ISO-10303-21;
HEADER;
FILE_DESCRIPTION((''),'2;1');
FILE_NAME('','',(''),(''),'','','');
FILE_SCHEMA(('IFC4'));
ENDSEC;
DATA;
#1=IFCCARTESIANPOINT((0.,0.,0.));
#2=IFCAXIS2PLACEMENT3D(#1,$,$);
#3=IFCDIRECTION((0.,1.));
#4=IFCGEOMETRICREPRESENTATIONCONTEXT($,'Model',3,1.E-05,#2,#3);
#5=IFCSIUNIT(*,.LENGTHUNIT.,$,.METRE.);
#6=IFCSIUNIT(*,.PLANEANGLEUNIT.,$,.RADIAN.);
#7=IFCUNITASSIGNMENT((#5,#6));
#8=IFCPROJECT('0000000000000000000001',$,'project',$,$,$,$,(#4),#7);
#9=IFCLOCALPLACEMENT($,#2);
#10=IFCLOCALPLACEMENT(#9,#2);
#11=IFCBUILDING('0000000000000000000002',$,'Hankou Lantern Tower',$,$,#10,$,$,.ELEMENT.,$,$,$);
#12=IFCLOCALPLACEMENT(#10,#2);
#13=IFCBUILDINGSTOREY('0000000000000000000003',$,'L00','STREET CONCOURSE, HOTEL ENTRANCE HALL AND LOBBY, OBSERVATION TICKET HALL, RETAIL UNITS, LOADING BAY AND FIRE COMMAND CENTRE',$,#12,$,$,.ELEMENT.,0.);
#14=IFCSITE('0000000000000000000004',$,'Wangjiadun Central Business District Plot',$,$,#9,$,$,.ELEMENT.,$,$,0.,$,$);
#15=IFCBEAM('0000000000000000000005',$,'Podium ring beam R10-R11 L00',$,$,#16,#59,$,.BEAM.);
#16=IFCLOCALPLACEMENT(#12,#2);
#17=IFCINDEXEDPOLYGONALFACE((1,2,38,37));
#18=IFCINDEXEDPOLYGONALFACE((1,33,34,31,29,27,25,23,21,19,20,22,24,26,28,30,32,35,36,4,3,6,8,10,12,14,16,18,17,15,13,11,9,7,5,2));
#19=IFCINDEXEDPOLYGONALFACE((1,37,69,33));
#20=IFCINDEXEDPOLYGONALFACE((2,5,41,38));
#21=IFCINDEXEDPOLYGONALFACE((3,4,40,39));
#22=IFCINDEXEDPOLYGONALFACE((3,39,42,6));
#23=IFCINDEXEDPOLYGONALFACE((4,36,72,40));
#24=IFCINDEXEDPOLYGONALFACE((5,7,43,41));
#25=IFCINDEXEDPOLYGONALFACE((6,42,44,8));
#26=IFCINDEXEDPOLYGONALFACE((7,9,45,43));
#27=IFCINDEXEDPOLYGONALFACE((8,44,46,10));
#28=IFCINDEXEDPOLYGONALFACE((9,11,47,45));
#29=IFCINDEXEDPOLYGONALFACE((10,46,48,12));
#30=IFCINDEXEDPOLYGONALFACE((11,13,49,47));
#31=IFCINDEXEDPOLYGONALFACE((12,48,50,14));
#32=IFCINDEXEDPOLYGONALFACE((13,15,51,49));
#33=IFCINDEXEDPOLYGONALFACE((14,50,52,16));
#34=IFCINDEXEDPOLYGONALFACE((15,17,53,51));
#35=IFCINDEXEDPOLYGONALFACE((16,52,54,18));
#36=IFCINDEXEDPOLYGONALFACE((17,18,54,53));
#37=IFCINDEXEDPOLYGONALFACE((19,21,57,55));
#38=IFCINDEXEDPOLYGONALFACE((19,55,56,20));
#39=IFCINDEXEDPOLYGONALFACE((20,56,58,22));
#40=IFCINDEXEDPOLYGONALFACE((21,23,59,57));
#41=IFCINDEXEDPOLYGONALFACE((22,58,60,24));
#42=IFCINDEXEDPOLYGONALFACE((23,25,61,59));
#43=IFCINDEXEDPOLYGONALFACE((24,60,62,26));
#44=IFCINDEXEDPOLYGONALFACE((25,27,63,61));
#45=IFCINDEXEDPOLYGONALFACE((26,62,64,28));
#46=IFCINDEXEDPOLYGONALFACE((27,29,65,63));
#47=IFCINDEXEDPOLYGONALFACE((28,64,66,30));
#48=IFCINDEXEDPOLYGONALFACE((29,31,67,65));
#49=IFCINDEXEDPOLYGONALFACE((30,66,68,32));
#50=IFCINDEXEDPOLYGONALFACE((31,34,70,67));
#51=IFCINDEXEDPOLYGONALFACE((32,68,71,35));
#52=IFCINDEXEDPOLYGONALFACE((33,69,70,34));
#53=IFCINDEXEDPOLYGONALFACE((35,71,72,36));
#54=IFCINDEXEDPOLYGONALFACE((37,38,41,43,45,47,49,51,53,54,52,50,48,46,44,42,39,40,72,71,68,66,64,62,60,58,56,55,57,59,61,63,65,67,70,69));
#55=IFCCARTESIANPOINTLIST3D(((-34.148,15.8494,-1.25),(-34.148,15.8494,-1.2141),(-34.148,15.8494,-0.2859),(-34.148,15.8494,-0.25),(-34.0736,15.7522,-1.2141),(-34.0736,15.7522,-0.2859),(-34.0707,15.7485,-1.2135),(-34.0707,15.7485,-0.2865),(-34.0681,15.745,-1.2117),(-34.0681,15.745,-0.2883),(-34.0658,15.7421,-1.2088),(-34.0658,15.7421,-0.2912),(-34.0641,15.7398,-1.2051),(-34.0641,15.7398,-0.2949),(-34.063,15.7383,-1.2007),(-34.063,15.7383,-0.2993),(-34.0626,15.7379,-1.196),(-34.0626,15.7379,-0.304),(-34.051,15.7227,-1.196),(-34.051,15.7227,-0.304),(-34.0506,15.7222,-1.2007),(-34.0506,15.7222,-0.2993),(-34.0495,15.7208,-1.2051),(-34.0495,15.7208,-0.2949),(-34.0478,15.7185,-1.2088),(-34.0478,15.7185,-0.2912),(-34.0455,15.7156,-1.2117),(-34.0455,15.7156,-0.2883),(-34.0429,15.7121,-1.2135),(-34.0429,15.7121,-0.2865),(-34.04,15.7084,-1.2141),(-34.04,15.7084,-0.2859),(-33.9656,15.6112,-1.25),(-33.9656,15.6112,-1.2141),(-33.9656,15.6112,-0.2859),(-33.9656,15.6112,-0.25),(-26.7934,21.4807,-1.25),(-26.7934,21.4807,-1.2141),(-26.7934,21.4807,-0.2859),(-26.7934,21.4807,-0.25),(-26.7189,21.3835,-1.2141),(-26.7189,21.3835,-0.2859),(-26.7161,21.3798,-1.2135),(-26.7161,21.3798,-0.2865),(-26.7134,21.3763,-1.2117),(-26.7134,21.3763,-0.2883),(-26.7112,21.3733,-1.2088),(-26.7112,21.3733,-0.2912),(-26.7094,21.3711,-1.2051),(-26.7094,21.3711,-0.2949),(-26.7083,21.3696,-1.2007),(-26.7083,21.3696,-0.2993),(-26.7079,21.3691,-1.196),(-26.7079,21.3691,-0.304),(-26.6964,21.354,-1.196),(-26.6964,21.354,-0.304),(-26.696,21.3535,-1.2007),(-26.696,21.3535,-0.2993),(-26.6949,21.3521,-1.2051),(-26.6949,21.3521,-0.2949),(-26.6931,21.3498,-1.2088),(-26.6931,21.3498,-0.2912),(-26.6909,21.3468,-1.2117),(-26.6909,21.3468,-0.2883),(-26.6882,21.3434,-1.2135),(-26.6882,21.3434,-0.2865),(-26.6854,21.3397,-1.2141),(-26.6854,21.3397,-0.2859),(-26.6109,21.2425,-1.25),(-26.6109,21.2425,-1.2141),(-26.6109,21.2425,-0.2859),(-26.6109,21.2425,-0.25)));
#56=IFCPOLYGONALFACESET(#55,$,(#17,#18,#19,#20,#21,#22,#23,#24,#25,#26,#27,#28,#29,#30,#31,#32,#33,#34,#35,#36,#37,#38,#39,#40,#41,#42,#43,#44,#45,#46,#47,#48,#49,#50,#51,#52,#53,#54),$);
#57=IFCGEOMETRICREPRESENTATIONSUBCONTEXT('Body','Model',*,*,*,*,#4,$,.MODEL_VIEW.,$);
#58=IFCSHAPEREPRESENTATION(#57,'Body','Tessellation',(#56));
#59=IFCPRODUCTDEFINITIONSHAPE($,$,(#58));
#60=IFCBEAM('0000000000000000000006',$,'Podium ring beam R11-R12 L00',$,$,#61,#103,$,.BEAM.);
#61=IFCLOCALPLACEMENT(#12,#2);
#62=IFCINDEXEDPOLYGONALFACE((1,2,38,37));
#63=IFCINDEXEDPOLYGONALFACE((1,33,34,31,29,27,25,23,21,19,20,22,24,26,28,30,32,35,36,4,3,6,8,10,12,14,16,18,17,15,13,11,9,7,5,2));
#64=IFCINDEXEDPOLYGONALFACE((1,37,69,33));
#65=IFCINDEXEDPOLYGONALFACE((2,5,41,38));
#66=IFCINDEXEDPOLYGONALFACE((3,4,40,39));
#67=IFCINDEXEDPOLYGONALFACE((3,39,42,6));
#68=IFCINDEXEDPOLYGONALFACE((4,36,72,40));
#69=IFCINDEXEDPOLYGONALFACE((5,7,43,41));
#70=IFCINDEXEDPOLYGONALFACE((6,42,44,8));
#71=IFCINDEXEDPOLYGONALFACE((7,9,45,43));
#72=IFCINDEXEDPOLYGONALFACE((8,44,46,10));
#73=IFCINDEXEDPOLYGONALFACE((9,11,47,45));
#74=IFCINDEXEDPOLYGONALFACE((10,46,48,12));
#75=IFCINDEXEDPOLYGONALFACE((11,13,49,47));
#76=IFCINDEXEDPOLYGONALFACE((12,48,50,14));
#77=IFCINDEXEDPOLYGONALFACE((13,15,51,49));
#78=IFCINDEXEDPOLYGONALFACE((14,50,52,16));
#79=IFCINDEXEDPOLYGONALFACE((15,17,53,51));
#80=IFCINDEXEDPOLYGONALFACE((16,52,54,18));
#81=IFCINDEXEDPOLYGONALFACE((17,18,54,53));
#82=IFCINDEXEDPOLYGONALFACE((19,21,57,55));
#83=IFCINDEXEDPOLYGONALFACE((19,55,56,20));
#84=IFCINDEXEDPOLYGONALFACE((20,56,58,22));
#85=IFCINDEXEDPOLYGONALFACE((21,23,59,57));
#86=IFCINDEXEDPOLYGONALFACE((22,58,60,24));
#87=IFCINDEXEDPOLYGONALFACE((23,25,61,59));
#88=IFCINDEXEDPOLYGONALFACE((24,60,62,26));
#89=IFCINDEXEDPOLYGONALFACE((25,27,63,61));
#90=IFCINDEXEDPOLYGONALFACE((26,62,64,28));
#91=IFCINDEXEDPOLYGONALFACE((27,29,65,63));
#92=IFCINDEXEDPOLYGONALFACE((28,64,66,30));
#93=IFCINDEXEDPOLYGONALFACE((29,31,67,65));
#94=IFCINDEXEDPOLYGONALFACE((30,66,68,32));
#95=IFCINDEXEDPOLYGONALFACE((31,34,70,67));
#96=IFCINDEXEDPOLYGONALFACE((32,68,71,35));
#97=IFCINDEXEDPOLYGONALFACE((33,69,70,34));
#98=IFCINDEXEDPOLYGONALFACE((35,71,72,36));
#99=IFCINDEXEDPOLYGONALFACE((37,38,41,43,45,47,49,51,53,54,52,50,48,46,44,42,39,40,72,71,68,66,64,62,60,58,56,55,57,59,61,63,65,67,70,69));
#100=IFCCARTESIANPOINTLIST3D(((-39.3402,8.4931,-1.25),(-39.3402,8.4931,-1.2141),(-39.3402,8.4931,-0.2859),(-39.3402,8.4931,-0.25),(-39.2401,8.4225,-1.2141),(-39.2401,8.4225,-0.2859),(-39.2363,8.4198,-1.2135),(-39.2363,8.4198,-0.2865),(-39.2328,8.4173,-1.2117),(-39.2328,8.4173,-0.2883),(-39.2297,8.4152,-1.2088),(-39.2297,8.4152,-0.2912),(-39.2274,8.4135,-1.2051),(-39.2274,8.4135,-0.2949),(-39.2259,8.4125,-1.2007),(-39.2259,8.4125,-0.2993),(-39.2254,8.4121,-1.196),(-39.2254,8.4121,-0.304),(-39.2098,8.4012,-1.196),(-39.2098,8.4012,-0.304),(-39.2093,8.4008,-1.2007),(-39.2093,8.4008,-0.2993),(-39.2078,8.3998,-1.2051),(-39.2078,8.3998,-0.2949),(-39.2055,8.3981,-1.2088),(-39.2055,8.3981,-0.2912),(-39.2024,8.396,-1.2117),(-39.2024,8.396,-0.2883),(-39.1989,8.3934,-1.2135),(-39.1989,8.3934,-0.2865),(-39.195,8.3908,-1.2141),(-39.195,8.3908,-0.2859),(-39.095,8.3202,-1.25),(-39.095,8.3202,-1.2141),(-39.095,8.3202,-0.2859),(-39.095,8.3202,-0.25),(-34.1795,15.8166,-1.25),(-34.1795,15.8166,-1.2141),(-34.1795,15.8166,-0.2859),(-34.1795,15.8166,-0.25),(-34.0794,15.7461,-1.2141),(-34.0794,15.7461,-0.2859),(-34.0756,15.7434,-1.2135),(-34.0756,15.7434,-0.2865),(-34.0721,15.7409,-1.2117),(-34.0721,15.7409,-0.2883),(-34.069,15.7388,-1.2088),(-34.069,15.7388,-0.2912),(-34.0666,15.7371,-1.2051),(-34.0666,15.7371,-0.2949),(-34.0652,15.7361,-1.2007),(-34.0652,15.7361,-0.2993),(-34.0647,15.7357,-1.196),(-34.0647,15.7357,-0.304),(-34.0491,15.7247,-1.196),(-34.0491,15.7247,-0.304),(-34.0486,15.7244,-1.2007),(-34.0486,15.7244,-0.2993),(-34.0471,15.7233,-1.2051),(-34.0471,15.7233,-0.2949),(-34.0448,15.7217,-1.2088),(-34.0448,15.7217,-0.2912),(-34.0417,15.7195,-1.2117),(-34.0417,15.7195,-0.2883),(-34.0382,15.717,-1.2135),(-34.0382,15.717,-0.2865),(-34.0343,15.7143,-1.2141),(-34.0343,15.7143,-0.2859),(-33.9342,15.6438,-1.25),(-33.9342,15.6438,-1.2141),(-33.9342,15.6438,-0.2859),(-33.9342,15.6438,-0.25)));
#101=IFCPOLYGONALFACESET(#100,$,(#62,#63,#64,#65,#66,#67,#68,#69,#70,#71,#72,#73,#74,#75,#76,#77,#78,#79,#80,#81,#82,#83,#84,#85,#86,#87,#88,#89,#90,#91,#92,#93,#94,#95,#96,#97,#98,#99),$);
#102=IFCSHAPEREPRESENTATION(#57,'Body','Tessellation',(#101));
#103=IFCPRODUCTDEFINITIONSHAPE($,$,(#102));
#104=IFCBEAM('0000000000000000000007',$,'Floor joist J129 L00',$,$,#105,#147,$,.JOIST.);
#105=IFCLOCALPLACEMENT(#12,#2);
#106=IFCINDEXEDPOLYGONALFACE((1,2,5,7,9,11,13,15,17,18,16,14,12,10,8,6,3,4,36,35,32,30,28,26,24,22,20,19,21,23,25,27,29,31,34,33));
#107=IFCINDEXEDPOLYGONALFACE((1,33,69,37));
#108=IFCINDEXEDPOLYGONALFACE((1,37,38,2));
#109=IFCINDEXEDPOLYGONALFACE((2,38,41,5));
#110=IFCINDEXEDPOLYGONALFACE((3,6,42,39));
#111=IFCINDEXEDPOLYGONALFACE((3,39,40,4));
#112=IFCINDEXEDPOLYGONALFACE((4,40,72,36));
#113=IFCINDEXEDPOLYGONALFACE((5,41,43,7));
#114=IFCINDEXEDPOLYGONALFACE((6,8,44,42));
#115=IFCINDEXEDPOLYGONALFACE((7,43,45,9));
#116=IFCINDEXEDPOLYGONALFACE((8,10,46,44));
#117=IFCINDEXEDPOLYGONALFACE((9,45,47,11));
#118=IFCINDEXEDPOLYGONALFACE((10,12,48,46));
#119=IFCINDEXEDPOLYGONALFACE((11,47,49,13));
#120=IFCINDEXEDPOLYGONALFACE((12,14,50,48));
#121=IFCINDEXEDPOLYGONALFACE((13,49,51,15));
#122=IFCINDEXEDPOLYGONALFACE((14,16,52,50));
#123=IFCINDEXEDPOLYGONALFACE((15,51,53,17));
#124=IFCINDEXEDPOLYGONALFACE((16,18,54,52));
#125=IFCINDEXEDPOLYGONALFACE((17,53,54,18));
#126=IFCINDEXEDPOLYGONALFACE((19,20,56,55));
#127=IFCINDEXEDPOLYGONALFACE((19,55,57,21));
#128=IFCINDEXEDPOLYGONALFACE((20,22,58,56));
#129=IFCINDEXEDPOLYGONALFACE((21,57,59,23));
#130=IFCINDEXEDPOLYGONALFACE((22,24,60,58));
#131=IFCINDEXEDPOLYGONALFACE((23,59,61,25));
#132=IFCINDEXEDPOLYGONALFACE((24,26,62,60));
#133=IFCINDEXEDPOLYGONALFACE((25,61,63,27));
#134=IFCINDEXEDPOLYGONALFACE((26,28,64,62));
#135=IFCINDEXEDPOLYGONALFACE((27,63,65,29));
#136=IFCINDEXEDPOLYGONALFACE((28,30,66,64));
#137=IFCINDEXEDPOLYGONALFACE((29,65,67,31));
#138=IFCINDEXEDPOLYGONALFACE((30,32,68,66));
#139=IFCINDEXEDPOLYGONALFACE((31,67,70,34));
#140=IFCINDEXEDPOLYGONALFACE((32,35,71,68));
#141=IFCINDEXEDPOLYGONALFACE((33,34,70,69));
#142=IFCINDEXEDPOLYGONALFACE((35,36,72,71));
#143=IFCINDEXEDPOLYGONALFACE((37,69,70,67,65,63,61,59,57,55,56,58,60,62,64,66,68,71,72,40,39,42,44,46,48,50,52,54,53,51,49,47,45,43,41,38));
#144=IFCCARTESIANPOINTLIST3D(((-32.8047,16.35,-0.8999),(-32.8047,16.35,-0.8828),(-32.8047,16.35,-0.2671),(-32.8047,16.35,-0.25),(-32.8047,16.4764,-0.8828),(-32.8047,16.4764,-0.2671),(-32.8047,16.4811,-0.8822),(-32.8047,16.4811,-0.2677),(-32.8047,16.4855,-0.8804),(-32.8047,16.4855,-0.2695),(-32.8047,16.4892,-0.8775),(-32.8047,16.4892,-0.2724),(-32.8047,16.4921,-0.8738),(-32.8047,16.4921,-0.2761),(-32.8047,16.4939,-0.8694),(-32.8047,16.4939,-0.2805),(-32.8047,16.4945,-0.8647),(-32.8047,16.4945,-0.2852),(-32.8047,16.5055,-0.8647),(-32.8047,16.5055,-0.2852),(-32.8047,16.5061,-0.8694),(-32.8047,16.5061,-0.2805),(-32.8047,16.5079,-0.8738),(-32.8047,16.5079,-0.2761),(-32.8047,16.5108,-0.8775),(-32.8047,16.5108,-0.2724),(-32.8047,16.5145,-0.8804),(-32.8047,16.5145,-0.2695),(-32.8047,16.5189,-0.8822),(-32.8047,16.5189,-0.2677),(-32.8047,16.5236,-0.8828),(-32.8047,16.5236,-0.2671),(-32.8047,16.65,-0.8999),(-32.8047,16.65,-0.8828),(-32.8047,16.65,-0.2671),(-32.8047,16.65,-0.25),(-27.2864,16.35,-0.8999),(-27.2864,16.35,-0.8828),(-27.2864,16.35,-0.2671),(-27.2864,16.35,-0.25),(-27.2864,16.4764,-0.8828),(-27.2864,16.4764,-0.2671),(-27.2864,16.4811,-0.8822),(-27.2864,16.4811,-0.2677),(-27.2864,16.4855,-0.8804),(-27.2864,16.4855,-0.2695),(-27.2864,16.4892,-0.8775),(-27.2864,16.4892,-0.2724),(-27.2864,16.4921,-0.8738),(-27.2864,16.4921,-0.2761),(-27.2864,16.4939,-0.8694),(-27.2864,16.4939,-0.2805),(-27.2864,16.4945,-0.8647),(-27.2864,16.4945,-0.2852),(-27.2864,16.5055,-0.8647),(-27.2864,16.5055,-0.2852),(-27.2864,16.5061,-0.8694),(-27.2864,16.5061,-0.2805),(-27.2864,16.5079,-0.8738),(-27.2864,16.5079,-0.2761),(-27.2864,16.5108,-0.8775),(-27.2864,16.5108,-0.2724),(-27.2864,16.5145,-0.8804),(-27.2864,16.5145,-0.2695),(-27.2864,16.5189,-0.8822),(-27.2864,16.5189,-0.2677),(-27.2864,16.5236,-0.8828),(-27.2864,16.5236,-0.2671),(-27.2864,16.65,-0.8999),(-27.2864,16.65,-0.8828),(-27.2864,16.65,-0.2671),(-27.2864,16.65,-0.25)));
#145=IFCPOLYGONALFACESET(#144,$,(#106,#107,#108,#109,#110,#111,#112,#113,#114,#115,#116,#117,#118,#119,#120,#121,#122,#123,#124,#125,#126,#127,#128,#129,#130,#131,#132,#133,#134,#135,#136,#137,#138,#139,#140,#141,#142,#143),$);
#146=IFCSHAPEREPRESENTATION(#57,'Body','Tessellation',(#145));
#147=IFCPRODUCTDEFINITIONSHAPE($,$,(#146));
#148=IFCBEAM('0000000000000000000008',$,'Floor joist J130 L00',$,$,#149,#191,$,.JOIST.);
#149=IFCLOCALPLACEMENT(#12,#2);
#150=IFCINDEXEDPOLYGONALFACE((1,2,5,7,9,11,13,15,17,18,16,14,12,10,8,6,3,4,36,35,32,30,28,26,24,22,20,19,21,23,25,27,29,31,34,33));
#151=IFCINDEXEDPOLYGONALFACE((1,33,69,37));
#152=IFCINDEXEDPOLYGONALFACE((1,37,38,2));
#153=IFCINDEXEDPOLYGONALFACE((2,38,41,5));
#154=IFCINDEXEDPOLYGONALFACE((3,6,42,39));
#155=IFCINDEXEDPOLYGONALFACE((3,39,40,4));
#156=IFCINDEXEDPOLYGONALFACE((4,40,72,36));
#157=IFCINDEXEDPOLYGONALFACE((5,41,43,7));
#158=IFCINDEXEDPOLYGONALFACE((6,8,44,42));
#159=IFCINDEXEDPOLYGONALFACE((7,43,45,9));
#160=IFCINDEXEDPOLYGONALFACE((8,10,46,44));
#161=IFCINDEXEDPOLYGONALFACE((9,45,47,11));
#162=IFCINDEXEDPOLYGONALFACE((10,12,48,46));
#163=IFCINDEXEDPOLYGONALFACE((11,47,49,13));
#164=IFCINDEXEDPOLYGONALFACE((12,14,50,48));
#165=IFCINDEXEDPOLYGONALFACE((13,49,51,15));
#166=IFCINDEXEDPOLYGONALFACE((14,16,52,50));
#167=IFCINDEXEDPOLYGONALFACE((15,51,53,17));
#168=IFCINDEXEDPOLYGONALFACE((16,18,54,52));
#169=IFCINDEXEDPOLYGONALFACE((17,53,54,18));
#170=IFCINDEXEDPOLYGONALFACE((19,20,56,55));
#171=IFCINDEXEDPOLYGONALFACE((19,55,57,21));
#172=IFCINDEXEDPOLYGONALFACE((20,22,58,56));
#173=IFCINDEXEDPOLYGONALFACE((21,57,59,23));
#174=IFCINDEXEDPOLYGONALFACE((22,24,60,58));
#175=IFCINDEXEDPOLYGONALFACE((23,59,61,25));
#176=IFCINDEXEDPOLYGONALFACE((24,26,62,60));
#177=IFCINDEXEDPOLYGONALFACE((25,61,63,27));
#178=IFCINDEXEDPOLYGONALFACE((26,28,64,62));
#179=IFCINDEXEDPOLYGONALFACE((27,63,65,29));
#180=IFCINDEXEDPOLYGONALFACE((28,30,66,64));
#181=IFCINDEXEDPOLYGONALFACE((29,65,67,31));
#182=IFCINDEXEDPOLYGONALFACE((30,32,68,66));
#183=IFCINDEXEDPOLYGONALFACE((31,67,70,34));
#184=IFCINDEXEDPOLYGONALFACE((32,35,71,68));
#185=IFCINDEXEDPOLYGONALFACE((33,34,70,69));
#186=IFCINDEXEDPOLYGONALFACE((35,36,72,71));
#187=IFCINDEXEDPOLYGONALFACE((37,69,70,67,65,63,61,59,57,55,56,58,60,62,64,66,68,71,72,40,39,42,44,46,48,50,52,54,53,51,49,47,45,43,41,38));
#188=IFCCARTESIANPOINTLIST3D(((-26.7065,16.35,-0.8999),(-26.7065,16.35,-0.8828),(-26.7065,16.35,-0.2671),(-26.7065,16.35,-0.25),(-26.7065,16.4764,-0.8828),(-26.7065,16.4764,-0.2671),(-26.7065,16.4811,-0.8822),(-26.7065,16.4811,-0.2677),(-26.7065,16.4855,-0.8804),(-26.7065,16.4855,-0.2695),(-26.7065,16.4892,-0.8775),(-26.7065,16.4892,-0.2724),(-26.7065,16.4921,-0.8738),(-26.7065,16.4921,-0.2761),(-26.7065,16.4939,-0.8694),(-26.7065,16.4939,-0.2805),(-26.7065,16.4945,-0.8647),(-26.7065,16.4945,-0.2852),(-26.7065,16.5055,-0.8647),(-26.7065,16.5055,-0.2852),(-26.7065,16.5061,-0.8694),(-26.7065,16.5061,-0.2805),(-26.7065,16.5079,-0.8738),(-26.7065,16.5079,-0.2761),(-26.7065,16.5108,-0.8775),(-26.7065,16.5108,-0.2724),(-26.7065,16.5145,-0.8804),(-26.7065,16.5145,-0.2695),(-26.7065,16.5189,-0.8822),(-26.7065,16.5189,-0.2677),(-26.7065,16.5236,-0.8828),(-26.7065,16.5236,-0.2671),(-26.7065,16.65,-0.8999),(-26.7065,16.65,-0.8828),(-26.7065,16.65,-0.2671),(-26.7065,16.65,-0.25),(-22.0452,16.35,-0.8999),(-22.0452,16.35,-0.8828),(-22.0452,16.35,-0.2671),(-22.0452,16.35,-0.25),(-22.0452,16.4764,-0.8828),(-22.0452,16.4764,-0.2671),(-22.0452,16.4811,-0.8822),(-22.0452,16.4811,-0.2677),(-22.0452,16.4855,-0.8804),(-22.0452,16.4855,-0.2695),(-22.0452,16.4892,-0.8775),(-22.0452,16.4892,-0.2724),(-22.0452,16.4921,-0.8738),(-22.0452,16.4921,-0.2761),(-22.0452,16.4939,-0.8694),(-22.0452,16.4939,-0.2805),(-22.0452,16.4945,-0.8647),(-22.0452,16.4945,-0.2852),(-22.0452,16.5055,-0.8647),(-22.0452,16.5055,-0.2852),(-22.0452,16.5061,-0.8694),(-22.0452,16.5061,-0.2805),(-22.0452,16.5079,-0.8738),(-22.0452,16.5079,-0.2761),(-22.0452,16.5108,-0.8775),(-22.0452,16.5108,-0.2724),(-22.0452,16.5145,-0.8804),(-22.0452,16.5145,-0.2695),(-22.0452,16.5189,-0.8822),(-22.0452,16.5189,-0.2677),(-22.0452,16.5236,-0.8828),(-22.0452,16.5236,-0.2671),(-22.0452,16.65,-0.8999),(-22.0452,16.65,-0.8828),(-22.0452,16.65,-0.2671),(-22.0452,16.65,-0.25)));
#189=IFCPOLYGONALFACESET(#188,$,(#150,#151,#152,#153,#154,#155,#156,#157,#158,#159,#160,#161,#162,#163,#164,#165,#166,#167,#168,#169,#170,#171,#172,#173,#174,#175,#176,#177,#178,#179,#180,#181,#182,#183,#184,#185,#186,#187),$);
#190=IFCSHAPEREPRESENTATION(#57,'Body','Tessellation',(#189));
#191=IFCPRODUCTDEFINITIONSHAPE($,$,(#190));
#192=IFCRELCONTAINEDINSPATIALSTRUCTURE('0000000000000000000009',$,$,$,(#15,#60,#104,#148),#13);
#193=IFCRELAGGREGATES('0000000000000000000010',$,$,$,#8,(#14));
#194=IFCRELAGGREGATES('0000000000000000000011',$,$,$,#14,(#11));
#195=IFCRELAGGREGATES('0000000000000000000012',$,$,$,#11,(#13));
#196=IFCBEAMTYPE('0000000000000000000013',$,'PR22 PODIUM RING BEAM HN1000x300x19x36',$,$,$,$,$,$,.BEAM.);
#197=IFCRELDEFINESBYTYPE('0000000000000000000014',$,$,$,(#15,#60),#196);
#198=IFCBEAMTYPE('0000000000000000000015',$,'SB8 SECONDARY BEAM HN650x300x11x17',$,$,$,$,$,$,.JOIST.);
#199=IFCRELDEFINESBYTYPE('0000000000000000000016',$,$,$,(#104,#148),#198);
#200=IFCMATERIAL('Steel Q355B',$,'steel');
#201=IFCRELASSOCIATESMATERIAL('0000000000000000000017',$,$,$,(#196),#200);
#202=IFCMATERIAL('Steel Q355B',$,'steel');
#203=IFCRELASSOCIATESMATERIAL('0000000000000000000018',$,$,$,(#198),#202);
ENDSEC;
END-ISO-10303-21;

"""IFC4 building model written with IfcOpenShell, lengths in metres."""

from ifc_helpers import new_model, si_unit, direction, frame, origin, origin_2d, place, context, subcontext, project, spatial, i_section, extrude, material, material_profile, profile_set, type_object, element, save


model = new_model("IFC4")

# Units and contexts
model_context = context("Model", 3, precision=1e-05, world=origin(), true_north=direction((0.0, 1.0)))
body_context = subcontext(model_context, "Body", "Model", "MODEL_VIEW")
ifc_project = project(units=[si_unit("LENGTHUNIT", "METRE"), si_unit("PLANEANGLEUNIT", "RADIAN")], contexts=[model_context])

# Site, building, storey
site_placement = place(None, origin())
site = spatial("IfcSite", under=ifc_project, at=site_placement, Name="Wangjiadun Central Business District Plot", CompositionType="ELEMENT", RefElevation=0.0)
building_placement = place(site_placement, origin())
building = spatial("IfcBuilding", under=site, at=building_placement, Name="Hankou Lantern Tower", CompositionType="ELEMENT")
storey_placement = place(building_placement, origin())
storey = spatial("IfcBuildingStorey", under=building, at=storey_placement, Name="L00", Description="STREET CONCOURSE, HOTEL ENTRANCE HALL AND LOBBY, OBSERVATION TICKET HALL, RETAIL UNITS, LOADING BAY AND FIRE COMMAND CENTRE", CompositionType="ELEMENT", Elevation=0.0)

# Beams
ifc_material_1 = material(Name="Steel Q355B", Category="steel")
ifc_material_profile_1 = material_profile(ifc_material_1, i_section(OverallWidth=0.3, OverallDepth=1.0, WebThickness=0.019, FlangeThickness=0.0359, FilletRadius=0.0181, at=origin_2d()), Name="HN1000x300x19x36")
ifc_profile_set_1 = profile_set([ifc_material_profile_1], Name="Steel Q355B")
beam_type_1 = type_object("IfcBeamType", Name="PR22 PODIUM RING BEAM HN1000x300x19x36", PredefinedType="BEAM", material=ifc_profile_set_1)
beam_1_placement = place(storey_placement, frame((-26.7021, 21.3616, -0.75), z_axis=(-0.793986, -0.607936, 0.0), x_axis=(0.607936, -0.793986, 0.0)))
element("IfcBeam", 1, at=beam_1_placement, inside=storey, type_object=beam_type_1, Name="Podium ring beam R10-R11 L00", PredefinedType="BEAM", context=body_context, shape_type="SweptSolid", body=[
    extrude(i_section(OverallWidth=0.3, OverallDepth=1.0, WebThickness=0.019, FlangeThickness=0.0359, FilletRadius=0.0181, at=origin_2d()), origin(), (0.0, 0.0, 1.0), 9.2629),
])
beam_2_placement = place(storey_placement, frame((-34.0569, 15.7302, -0.75), z_axis=(-0.576022, -0.817434, 0.0), x_axis=(0.817434, -0.576022, 0.0)))
element("IfcBeam", 2, at=beam_2_placement, inside=storey, type_object=beam_type_1, Name="Podium ring beam R11-R12 L00", PredefinedType="BEAM", context=body_context, shape_type="SweptSolid", body=[
    extrude(i_section(OverallWidth=0.3, OverallDepth=1.0, WebThickness=0.019, FlangeThickness=0.0359, FilletRadius=0.0181, at=origin_2d()), origin(), (0.0, 0.0, 1.0), 8.9592),
])
ifc_material_2 = material(Name="Steel Q355B", Category="steel")
ifc_material_profile_2 = material_profile(ifc_material_2, i_section(OverallWidth=0.3, OverallDepth=0.6499, WebThickness=0.011, FlangeThickness=0.0171, FilletRadius=0.0181, at=origin_2d()), Name="HN650x300x11x17")
ifc_profile_set_2 = profile_set([ifc_material_profile_2], Name="Steel Q355B")
beam_type_2 = type_object("IfcBeamType", Name="SB8 SECONDARY BEAM HN650x300x11x17", PredefinedType="JOIST", material=ifc_profile_set_2)
beam_3_placement = place(storey_placement, frame((-32.8047, 16.5, -0.575), z_axis=(1.0, 0.0, 0.0), x_axis=(0.0, 1.0, 0.0)))
element("IfcBeam", 3, at=beam_3_placement, inside=storey, type_object=beam_type_2, Name="Floor joist J129 L00", PredefinedType="JOIST", context=body_context, shape_type="SweptSolid", body=[
    extrude(i_section(OverallWidth=0.3, OverallDepth=0.6499, WebThickness=0.011, FlangeThickness=0.0171, FilletRadius=0.0181, at=origin_2d()), origin(), (0.0, 0.0, 1.0), 5.5183),
])
beam_4_placement = place(storey_placement, frame((-26.7065, 16.5, -0.575), z_axis=(1.0, 0.0, 0.0), x_axis=(0.0, 1.0, 0.0)))
element("IfcBeam", 4, at=beam_4_placement, inside=storey, type_object=beam_type_2, Name="Floor joist J130 L00", PredefinedType="JOIST", context=body_context, shape_type="SweptSolid", body=[
    extrude(i_section(OverallWidth=0.3, OverallDepth=0.6499, WebThickness=0.011, FlangeThickness=0.0171, FilletRadius=0.0181, at=origin_2d()), origin(), (0.0, 0.0, 1.0), 4.6614),
])

save(model, "model.ifc")
